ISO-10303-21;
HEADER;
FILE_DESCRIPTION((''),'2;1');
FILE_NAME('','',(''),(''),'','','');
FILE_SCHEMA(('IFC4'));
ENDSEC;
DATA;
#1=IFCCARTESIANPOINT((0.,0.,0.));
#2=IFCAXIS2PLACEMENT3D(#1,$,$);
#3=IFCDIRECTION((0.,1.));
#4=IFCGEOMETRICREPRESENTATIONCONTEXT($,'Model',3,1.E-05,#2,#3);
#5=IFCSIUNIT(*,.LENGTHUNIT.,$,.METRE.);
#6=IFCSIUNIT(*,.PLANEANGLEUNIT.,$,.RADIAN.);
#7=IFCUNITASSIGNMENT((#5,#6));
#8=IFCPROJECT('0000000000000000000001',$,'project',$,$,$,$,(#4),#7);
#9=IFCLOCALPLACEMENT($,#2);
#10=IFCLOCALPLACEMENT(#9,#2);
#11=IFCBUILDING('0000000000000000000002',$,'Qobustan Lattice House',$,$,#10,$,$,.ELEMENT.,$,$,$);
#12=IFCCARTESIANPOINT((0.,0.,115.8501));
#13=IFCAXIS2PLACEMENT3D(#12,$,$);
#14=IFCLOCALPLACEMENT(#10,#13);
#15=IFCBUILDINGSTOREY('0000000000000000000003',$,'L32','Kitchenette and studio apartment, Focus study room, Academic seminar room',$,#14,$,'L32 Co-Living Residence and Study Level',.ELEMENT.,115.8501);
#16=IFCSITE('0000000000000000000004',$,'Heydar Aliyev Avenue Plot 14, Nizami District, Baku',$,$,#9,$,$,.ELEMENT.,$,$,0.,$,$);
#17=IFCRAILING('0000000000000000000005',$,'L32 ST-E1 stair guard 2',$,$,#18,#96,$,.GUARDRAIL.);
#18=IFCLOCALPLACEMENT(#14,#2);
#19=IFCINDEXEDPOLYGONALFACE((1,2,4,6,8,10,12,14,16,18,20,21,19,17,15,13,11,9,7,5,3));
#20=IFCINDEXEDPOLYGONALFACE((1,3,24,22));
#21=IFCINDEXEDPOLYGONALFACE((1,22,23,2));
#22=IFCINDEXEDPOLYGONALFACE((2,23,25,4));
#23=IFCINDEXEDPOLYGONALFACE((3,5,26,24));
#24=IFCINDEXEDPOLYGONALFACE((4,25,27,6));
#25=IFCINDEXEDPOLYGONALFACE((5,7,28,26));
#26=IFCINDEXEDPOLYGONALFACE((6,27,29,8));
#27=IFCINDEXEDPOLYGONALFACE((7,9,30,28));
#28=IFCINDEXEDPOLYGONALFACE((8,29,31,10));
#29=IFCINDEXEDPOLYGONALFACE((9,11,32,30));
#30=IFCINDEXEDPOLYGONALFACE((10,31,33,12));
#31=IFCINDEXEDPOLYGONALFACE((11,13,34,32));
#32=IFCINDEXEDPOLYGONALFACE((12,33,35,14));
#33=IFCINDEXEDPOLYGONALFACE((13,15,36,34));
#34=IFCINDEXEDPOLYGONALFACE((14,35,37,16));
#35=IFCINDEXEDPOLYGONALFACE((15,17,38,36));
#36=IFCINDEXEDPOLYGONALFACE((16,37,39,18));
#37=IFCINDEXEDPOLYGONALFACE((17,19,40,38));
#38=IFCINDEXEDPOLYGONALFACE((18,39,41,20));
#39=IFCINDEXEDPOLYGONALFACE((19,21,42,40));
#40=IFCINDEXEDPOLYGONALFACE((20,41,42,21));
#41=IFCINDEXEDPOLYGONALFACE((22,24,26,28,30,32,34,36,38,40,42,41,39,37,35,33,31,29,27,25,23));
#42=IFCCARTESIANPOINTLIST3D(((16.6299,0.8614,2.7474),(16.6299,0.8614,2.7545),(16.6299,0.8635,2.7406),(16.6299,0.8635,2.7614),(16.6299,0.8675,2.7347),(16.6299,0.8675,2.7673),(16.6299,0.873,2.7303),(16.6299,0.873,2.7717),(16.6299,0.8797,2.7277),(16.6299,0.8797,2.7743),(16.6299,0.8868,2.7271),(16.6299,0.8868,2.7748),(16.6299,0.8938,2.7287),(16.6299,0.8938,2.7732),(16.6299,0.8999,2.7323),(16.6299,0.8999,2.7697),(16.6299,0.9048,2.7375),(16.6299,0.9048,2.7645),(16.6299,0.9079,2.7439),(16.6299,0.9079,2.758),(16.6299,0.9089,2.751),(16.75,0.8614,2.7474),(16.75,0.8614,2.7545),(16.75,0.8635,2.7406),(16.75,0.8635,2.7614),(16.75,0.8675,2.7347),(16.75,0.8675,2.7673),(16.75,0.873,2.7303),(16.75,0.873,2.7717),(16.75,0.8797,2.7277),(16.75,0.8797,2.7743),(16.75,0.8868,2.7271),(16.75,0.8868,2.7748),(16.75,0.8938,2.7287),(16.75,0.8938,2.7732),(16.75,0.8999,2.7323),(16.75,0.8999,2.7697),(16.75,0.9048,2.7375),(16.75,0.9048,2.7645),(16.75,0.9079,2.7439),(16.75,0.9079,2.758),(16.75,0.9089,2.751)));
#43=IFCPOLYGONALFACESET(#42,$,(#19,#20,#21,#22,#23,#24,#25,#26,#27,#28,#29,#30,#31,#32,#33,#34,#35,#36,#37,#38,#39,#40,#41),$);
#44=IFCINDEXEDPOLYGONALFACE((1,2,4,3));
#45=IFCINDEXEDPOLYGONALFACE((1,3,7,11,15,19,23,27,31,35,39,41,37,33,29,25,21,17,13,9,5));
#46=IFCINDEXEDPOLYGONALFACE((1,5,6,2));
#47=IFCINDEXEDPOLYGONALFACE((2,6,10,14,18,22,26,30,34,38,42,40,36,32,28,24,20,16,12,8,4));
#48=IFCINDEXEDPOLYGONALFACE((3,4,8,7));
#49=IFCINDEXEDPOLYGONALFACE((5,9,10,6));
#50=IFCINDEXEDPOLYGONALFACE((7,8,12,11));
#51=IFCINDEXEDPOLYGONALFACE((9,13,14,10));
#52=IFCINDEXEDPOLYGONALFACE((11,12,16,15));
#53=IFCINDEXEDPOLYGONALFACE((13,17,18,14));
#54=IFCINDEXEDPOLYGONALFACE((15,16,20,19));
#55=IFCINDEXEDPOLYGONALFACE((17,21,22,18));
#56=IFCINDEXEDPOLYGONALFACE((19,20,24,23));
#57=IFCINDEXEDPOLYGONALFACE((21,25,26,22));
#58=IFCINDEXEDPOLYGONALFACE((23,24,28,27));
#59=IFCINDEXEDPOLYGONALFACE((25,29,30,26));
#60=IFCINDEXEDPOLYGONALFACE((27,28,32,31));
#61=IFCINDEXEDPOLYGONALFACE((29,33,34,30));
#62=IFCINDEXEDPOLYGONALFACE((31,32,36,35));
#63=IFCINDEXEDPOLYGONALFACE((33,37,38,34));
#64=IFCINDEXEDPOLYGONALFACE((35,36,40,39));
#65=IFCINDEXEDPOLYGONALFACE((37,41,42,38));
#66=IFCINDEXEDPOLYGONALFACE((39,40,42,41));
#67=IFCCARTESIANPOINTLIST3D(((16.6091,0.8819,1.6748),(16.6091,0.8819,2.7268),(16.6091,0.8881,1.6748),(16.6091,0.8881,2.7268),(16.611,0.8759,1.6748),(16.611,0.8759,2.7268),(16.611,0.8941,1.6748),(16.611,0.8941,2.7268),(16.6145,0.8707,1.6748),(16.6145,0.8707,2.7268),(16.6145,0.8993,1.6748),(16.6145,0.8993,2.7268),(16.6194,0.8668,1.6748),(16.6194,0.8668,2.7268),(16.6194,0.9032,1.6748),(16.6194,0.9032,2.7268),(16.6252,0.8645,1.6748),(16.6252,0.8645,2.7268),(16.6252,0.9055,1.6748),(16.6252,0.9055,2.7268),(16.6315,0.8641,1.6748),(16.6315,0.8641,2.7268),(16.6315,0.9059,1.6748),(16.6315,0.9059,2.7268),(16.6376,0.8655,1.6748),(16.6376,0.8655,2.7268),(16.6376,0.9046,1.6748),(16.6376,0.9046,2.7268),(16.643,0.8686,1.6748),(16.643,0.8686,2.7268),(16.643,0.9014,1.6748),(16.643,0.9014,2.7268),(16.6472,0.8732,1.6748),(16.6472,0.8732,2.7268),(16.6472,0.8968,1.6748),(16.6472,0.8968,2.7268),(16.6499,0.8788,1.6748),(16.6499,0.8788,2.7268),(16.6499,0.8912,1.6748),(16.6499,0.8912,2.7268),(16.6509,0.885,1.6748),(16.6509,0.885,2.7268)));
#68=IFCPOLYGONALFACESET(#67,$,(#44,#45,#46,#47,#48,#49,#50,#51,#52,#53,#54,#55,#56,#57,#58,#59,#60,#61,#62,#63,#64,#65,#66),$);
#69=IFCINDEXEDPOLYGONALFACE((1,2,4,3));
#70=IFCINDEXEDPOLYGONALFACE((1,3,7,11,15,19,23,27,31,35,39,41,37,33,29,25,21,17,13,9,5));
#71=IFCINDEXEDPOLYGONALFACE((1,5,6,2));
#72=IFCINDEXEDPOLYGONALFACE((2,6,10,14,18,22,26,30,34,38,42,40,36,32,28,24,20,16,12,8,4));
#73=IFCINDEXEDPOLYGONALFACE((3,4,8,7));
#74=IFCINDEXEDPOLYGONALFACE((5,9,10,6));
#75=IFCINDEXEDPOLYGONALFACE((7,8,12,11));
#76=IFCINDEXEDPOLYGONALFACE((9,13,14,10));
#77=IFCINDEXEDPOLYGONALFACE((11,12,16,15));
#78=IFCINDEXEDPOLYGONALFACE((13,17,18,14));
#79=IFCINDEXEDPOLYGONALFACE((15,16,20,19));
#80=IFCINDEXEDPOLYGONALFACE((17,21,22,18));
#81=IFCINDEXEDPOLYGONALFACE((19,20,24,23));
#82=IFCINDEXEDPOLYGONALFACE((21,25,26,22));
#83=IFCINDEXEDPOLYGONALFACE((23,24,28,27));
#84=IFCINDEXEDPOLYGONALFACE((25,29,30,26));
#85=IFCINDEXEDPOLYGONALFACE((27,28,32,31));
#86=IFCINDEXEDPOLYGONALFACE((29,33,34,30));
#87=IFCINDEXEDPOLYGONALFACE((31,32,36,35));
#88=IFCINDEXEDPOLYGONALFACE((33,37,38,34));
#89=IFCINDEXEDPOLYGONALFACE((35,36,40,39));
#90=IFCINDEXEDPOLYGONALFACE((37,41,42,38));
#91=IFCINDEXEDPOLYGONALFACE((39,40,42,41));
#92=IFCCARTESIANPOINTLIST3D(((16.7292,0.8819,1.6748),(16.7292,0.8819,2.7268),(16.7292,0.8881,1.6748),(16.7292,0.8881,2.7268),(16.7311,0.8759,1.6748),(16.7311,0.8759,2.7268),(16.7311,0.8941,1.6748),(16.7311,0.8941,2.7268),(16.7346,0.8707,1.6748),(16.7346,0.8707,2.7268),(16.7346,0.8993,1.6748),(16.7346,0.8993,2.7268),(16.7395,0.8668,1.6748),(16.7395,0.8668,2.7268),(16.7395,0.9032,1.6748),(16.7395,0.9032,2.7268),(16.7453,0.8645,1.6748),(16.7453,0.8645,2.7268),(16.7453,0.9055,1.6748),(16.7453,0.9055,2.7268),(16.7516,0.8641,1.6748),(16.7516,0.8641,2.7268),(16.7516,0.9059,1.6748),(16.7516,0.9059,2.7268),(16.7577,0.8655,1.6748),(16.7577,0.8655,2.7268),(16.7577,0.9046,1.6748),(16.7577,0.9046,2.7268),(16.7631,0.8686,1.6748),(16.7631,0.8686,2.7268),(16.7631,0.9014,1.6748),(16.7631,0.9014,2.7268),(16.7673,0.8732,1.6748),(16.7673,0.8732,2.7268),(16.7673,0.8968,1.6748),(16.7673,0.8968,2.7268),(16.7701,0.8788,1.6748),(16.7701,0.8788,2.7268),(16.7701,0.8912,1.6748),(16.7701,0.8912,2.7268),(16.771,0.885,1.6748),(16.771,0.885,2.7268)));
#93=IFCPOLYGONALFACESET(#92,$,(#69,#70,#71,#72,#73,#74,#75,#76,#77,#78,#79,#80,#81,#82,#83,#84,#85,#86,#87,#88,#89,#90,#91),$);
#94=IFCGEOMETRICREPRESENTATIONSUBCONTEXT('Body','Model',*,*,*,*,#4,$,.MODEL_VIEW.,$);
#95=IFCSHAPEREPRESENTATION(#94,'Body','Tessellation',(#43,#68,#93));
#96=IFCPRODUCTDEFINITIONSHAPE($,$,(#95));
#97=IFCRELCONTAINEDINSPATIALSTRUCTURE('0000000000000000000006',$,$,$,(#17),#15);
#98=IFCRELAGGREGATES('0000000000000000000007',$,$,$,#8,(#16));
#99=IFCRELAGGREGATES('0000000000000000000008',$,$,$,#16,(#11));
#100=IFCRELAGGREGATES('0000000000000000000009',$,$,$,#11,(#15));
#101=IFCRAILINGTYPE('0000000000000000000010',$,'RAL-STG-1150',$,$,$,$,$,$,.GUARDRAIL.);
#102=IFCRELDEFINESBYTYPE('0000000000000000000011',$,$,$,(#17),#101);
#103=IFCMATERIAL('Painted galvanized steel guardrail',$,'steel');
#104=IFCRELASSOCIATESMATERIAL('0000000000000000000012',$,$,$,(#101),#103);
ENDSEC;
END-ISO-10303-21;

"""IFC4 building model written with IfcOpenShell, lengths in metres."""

from ifc_helpers import new_model, si_unit, direction, frame, origin, origin_2d, place, context, subcontext, project, spatial, circle, extrude, material, type_object, element, save


model = new_model("IFC4")

# Units and contexts
model_context = context("Model", 3, precision=1e-05, world=origin(), true_north=direction((0.0, 1.0)))
body_context = subcontext(model_context, "Body", "Model", "MODEL_VIEW")
ifc_project = project(units=[si_unit("LENGTHUNIT", "METRE"), si_unit("PLANEANGLEUNIT", "RADIAN")], contexts=[model_context])

# Site, building, storey
site_placement = place(None, origin())
site = spatial("IfcSite", under=ifc_project, at=site_placement, Name="Heydar Aliyev Avenue Plot 14, Nizami District, Baku", CompositionType="ELEMENT", RefElevation=0.0)
building_placement = place(site_placement, origin())
building = spatial("IfcBuilding", under=site, at=building_placement, Name="Qobustan Lattice House", CompositionType="ELEMENT")
storey_placement = place(building_placement, frame((0.0, 0.0, 115.8501)))
storey = spatial("IfcBuildingStorey", under=building, at=storey_placement, Name="L32", Description="Kitchenette and studio apartment, Focus study room, Academic seminar room", LongName="L32 Co-Living Residence and Study Level", CompositionType="ELEMENT", Elevation=115.8501)

# Railing
ifc_material_1 = material(Name="Painted galvanized steel guardrail", Category="steel")
railing_type_1 = type_object("IfcRailingType", Name="RAL-STG-1150", PredefinedType="GUARDRAIL", material=ifc_material_1)
railing_1_placement = place(storey_placement, frame((16.6299, 0.885, 1.6748)))
element("IfcRailing", 1, at=railing_1_placement, inside=storey, type_object=railing_type_1, Name="L32 ST-E1 stair guard 2", PredefinedType="GUARDRAIL", context=body_context, shape_type="SweptSolid", body=[
    extrude(circle(Radius=0.0239, at=origin_2d()), frame((0.0, 0.0, 1.0762), z_axis=(1.0, 0.0, 0.0), x_axis=(0.0, 1.0, 0.0)), (0.0, 0.0, 1.0), 0.1201),
    extrude(circle(Radius=0.021, at=origin_2d()), origin(), (0.0, 0.0, 1.0), 1.052),
    extrude(circle(Radius=0.021, at=origin_2d()), frame((0.1201, 0.0, 0.0)), (0.0, 0.0, 1.0), 1.052),
])

save(model, "model.ifc")
